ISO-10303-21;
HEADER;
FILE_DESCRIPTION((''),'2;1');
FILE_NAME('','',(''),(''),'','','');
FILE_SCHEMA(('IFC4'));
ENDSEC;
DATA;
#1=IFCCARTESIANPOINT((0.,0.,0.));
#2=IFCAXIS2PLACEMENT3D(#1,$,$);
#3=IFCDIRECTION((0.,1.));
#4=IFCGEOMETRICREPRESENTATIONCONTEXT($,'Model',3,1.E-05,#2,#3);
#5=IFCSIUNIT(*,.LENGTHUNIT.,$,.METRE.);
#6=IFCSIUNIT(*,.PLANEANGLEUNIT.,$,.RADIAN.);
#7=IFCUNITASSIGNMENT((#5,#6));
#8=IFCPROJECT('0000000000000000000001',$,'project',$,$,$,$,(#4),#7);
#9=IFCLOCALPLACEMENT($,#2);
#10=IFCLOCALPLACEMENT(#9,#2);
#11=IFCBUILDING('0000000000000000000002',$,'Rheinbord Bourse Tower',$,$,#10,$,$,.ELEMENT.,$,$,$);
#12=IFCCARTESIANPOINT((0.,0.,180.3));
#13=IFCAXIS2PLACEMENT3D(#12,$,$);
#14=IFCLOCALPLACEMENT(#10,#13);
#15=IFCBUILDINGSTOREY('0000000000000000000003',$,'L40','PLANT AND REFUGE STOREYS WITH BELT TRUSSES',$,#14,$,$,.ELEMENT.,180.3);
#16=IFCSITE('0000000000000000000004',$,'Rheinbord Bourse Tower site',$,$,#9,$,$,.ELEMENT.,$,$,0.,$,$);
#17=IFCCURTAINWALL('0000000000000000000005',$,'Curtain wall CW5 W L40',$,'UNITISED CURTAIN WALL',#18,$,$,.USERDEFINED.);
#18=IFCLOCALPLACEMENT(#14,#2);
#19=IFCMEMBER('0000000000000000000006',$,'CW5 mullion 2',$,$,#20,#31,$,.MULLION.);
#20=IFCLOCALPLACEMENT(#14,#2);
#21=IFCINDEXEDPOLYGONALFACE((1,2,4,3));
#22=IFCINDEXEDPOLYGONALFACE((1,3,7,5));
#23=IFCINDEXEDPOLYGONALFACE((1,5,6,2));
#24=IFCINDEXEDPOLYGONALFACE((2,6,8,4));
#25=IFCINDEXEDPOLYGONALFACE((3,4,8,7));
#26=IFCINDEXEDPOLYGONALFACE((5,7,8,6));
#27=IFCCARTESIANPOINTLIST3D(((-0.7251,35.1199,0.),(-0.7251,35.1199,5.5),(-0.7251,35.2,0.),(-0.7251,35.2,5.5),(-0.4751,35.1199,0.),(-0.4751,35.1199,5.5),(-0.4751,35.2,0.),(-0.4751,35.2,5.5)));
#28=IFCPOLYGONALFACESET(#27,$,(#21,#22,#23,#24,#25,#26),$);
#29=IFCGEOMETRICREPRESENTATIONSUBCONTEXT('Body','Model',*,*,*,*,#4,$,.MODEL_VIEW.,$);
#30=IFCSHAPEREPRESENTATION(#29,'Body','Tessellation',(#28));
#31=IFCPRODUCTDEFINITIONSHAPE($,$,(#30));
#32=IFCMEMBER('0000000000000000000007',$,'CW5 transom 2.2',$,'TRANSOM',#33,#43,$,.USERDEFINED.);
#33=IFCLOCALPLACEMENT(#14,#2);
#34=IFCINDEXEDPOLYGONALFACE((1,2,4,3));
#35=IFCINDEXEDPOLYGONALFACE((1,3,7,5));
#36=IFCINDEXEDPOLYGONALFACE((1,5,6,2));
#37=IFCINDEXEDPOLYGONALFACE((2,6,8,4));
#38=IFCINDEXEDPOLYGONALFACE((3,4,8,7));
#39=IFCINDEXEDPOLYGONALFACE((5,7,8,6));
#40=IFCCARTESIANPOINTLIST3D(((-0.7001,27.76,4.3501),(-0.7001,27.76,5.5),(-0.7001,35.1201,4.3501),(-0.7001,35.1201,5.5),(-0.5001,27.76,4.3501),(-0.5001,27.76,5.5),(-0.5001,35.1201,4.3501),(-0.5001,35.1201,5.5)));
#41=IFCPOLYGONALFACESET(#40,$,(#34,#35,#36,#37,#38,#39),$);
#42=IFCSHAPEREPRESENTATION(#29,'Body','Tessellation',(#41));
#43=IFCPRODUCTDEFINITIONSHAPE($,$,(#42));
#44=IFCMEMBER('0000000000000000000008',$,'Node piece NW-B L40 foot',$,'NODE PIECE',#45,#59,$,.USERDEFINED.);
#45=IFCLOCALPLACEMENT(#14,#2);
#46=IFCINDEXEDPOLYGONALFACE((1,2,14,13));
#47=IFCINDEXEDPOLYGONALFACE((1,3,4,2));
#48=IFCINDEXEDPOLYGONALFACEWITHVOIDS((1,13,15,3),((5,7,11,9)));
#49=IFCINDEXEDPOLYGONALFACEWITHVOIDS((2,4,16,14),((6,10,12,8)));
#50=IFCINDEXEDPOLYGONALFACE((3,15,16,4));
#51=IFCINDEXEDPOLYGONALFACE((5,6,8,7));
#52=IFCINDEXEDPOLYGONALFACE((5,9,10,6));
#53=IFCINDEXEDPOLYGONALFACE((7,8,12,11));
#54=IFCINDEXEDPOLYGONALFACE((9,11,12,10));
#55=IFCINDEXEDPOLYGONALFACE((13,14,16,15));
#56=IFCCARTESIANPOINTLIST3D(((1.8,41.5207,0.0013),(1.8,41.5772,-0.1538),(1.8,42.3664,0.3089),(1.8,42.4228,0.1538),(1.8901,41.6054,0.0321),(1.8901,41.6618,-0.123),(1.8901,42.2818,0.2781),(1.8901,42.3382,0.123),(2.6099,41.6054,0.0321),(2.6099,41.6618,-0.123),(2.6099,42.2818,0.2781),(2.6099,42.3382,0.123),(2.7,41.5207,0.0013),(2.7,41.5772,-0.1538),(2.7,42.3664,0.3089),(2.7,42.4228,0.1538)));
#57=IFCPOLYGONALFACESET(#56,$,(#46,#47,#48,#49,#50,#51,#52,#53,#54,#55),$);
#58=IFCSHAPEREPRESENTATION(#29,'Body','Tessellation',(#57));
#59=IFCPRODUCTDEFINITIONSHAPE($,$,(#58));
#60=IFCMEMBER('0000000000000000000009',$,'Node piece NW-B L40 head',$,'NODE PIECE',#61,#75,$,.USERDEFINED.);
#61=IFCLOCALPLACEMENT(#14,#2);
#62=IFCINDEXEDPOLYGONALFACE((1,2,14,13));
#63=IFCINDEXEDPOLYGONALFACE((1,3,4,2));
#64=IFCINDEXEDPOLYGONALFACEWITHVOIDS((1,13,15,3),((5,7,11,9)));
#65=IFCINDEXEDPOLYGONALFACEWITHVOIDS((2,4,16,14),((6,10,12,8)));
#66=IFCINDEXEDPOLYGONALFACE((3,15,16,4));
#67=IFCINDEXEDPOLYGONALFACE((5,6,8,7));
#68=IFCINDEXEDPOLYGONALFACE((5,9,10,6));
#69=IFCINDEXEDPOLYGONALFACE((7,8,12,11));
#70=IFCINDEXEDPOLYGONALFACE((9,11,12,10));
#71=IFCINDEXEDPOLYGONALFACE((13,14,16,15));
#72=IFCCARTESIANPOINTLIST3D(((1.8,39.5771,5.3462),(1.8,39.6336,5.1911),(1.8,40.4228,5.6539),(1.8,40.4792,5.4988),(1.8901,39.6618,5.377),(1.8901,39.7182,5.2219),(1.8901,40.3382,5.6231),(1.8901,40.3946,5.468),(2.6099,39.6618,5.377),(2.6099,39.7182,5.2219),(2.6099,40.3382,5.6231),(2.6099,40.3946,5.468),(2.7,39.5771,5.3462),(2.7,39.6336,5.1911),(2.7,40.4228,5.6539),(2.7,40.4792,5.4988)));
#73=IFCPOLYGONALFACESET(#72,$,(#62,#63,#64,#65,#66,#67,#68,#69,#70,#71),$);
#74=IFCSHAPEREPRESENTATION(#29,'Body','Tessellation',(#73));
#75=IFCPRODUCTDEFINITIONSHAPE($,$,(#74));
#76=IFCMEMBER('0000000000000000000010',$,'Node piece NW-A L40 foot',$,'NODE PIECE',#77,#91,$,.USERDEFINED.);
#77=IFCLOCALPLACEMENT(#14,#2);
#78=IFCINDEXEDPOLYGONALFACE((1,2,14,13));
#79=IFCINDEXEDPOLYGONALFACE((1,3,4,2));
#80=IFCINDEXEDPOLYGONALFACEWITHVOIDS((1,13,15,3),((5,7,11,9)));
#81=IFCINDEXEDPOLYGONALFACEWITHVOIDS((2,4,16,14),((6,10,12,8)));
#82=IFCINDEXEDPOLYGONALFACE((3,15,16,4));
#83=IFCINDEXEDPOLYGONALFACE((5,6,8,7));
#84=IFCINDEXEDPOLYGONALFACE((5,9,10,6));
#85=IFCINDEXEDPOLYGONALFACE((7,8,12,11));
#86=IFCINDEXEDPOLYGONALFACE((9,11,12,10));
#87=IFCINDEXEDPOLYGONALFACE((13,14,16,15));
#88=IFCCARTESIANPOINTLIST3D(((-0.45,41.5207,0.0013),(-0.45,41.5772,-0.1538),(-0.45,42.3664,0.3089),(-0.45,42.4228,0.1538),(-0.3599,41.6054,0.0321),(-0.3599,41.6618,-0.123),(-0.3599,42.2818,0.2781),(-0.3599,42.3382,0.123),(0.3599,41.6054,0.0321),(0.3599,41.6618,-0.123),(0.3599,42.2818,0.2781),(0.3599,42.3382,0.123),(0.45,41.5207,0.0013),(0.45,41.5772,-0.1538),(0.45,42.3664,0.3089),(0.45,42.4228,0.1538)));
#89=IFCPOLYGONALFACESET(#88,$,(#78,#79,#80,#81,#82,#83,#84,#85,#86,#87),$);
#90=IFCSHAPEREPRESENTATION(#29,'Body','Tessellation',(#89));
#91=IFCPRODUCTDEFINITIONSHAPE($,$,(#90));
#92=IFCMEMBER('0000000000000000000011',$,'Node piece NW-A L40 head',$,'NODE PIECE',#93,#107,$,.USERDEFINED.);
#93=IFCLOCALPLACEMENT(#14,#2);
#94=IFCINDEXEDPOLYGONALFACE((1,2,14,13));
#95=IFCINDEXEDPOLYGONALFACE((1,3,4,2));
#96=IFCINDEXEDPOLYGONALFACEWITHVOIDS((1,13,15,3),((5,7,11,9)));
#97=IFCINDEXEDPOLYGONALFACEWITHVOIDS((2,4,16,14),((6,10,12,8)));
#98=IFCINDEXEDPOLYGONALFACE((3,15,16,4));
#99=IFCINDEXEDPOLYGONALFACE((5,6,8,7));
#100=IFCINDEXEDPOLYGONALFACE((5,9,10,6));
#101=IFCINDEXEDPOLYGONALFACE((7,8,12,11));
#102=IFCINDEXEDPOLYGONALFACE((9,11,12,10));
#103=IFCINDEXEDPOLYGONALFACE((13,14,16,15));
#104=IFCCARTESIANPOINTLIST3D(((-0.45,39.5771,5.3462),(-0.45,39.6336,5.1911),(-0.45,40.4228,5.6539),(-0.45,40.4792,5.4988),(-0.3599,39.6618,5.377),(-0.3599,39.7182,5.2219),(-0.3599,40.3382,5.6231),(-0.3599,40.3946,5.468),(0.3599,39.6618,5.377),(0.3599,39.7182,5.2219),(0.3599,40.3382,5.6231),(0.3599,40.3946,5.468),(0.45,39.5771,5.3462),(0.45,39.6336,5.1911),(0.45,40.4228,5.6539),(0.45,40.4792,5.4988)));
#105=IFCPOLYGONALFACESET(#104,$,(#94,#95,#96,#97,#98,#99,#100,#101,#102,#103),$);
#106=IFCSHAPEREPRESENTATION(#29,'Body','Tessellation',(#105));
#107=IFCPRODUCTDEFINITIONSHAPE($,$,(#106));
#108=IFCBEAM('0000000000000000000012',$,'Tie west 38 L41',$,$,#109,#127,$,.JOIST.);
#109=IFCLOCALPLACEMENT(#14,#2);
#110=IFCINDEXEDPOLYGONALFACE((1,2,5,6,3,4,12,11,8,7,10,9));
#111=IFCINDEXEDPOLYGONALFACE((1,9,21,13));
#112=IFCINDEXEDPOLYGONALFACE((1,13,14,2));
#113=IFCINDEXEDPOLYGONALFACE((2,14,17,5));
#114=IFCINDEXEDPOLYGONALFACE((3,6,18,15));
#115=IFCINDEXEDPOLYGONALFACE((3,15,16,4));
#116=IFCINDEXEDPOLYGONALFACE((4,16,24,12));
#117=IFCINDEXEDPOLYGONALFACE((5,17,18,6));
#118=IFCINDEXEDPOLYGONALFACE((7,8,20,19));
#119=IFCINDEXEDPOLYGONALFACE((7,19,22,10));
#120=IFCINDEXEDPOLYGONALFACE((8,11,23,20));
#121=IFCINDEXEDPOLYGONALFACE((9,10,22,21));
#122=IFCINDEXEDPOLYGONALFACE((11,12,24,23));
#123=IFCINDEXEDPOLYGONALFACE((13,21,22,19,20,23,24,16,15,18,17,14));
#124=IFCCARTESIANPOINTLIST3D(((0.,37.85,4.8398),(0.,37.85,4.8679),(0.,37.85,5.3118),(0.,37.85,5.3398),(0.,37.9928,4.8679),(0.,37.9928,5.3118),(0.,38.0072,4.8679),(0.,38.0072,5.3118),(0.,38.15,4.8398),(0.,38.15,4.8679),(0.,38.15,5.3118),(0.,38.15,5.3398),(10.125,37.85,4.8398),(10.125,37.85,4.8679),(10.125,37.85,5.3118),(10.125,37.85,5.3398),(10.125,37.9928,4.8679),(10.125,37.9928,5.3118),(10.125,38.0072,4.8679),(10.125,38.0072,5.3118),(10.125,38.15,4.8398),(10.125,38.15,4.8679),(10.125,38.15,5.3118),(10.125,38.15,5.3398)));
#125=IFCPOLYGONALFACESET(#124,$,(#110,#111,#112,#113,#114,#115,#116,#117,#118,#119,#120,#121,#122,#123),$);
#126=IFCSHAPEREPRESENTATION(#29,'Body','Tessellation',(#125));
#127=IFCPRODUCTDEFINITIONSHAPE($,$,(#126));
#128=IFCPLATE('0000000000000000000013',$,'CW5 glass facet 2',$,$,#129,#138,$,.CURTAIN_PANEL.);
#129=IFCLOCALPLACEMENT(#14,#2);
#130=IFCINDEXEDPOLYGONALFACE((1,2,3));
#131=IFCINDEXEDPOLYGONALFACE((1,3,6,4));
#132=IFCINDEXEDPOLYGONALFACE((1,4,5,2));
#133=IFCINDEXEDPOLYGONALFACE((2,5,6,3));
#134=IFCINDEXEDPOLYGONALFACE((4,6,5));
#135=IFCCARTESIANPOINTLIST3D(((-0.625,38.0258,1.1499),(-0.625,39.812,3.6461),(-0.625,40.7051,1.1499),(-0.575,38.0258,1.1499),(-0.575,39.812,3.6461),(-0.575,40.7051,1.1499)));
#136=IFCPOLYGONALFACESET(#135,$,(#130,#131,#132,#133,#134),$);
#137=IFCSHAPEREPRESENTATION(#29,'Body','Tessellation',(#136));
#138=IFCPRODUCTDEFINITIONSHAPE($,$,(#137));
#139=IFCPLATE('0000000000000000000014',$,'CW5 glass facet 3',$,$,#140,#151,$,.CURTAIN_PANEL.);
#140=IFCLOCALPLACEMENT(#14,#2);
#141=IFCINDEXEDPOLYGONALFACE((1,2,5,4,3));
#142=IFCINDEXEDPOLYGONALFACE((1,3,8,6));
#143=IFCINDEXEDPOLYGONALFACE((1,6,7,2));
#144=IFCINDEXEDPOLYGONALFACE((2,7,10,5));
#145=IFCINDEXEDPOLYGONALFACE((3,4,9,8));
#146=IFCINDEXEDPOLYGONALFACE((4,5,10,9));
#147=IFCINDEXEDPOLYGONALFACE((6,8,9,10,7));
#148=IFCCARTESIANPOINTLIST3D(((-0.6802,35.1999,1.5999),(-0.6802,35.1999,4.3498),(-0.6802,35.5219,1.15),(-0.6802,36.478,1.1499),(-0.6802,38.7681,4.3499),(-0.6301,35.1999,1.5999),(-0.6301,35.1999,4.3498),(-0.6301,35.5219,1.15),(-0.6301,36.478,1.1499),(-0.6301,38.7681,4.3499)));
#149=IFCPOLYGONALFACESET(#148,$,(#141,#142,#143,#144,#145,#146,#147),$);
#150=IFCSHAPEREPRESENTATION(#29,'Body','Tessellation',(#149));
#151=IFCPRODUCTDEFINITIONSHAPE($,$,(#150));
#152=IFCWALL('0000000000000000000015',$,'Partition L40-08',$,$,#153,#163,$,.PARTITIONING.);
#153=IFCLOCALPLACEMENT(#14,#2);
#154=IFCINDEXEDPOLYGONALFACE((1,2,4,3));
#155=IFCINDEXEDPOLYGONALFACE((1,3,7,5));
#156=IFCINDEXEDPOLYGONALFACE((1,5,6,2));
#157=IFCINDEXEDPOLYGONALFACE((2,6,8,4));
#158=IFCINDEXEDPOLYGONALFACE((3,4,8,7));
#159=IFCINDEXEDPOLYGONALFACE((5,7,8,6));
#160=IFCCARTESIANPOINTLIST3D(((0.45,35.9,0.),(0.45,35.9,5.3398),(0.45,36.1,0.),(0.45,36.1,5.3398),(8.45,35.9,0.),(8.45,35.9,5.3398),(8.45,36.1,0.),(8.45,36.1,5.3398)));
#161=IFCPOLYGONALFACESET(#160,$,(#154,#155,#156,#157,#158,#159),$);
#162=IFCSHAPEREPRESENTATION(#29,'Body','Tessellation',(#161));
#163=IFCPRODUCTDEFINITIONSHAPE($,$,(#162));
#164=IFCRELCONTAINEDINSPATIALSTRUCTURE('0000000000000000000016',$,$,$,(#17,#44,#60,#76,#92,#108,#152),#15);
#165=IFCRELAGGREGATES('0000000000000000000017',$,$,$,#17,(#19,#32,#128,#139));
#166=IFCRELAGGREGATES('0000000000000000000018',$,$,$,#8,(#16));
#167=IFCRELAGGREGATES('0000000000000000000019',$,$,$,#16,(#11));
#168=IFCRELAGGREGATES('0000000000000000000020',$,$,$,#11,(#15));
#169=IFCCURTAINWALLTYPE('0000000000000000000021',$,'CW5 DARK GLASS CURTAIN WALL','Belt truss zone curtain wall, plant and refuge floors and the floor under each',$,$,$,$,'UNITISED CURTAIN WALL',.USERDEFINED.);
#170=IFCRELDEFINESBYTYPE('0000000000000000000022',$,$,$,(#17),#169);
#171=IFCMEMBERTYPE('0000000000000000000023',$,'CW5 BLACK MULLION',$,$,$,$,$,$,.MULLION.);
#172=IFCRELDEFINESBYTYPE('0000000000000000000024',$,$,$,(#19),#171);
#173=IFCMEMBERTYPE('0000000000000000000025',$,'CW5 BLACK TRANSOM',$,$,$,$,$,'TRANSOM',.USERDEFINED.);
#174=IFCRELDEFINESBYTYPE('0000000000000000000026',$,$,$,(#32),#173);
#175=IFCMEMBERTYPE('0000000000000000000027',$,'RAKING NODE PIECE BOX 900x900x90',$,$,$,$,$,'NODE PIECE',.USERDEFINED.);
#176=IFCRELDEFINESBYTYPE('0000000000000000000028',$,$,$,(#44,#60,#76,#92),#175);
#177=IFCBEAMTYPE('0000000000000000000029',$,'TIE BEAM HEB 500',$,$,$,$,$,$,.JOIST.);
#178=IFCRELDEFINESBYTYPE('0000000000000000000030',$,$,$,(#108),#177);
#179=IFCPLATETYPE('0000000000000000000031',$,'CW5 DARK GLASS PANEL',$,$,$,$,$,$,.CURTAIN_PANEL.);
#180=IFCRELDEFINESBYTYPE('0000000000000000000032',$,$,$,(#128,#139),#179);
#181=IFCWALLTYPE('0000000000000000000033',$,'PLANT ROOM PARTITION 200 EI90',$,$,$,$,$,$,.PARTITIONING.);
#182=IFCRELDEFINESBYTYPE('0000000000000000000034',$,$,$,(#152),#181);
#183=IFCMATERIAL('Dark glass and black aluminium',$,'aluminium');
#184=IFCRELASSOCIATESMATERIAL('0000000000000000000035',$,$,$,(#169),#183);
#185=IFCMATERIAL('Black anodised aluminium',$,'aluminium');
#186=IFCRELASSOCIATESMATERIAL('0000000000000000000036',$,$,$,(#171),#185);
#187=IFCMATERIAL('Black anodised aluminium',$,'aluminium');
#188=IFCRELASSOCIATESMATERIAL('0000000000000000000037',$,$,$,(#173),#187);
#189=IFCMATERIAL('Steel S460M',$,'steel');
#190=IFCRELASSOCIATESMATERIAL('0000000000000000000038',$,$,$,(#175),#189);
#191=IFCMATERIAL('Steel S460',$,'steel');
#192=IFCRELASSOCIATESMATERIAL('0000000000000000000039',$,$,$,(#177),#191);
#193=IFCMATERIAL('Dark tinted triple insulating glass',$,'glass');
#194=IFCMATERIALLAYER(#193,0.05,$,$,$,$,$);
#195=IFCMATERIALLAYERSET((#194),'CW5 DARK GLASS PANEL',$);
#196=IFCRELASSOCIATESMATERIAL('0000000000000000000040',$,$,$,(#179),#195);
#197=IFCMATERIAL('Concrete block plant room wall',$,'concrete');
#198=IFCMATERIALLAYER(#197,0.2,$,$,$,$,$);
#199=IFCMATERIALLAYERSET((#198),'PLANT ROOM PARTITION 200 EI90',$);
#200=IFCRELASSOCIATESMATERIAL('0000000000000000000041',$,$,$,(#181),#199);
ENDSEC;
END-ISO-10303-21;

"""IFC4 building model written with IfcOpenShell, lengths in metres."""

from ifc_helpers import new_model, si_unit, direction, frame, frame_2d, origin, origin_2d, place, context, subcontext, project, spatial, polyline, rectangle, hollow_rectangle, i_section, outline, extrude, material, layer, layer_set, material_profile, profile_set, type_object, element, aggregate, save


model = new_model("IFC4")

# Units and contexts
model_context = context("Model", 3, precision=1e-05, world=origin(), true_north=direction((0.0, 1.0)))
body_context = subcontext(model_context, "Body", "Model", "MODEL_VIEW")
ifc_project = project(units=[si_unit("LENGTHUNIT", "METRE"), si_unit("PLANEANGLEUNIT", "RADIAN")], contexts=[model_context])

# Site, building, storey
site_placement = place(None, origin())
site = spatial("IfcSite", under=ifc_project, at=site_placement, Name="Rheinbord Bourse Tower site", CompositionType="ELEMENT", RefElevation=0.0)
building_placement = place(site_placement, origin())
building = spatial("IfcBuilding", under=site, at=building_placement, Name="Rheinbord Bourse Tower", CompositionType="ELEMENT")
storey_placement = place(building_placement, frame((0.0, 0.0, 180.3)))
storey = spatial("IfcBuildingStorey", under=building, at=storey_placement, Name="L40", Description="PLANT AND REFUGE STOREYS WITH BELT TRUSSES", CompositionType="ELEMENT", Elevation=180.3)

# Curtain wall, members
ifc_material_1 = material(Name="Dark glass and black aluminium", Category="aluminium")
curtain_wall_type = type_object("IfcCurtainWallType", Name="CW5 DARK GLASS CURTAIN WALL", Description="Belt truss zone curtain wall, plant and refuge floors and the floor under each", ElementType="UNITISED CURTAIN WALL", PredefinedType="USERDEFINED", material=ifc_material_1)
curtain_wall_placement = place(storey_placement, origin())
curtain_wall = element("IfcCurtainWall", 1, at=curtain_wall_placement, inside=storey, type_object=curtain_wall_type, Name="Curtain wall CW5 W L40", ObjectType="UNITISED CURTAIN WALL", PredefinedType="USERDEFINED")
ifc_material_2 = material(Name="Black anodised aluminium", Category="aluminium")
ifc_material_profile_1 = material_profile(ifc_material_2, rectangle(XDim=0.25, YDim=0.0801, at=origin_2d()), Name="CW5 MULLION 80x250")
ifc_profile_set_1 = profile_set([ifc_material_profile_1], Name="Black anodised aluminium")
member_type_1 = type_object("IfcMemberType", Name="CW5 BLACK MULLION", PredefinedType="MULLION", material=ifc_profile_set_1)
member_1_placement = place(storey_placement, frame((-0.6001, 35.1599, 0.0), z_axis=(0.0, 0.0, 1.0), x_axis=(1.0, 0.0, 0.0)))
member_1 = element("IfcMember", 2, at=member_1_placement, type_object=member_type_1, Name="CW5 mullion 2", PredefinedType="MULLION", context=body_context, shape_type="SweptSolid", body=[
    extrude(rectangle(XDim=0.25, YDim=0.0801, at=origin_2d()), origin(), (0.0, 0.0, 1.0), 5.5),
])
ifc_material_3 = material(Name="Black anodised aluminium", Category="aluminium")
ifc_material_profile_2 = material_profile(ifc_material_3, rectangle(XDim=0.2, YDim=1.1499, at=origin_2d()), Name="CW5 TRANSOM 1150x200")
ifc_profile_set_2 = profile_set([ifc_material_profile_2], Name="Black anodised aluminium")
member_type_2 = type_object("IfcMemberType", Name="CW5 BLACK TRANSOM", ElementType="TRANSOM", PredefinedType="USERDEFINED", material=ifc_profile_set_2)
member_2_placement = place(storey_placement, frame((-0.6001, 35.1201, 4.925), z_axis=(0.0, -1.0, 0.0), x_axis=(1.0, 0.0, 0.0)))
member_2 = element("IfcMember", 3, at=member_2_placement, type_object=member_type_2, Name="CW5 transom 2.2", ObjectType="TRANSOM", PredefinedType="USERDEFINED", context=body_context, shape_type="SweptSolid", body=[
    extrude(rectangle(XDim=0.2, YDim=1.1499, at=origin_2d()), origin(), (0.0, 0.0, 1.0), 7.3601),
])

# Members
ifc_material_4 = material(Name="Steel S460M", Category="steel")
ifc_material_profile_3 = material_profile(ifc_material_4, hollow_rectangle(XDim=0.8999, YDim=0.8999, WallThickness=0.0901, at=origin_2d()), Name="BOX 900x900x90")
ifc_profile_set_3 = profile_set([ifc_material_profile_3], Name="Steel S460M")
member_type_3 = type_object("IfcMemberType", Name="RAKING NODE PIECE BOX 900x900x90", ElementType="NODE PIECE", PredefinedType="USERDEFINED", material=ifc_profile_set_3)
for number, where, z_axis, x_axis, name in (
    (4, (2.25, 42.0, 0.0), (0.0, -0.341862, 0.93975), (1.0, 0.0, 0.0), "Node piece NW-B L40 foot"),
    (5, (2.25, 40.0564, 5.345), (0.0, -0.341862, 0.93975), (1.0, 0.0, 0.0), "Node piece NW-B L40 head"),
    (6, (0.0, 42.0, 0.0), (0.0, -0.341862, 0.93975), (1.0, 0.0, 0.0), "Node piece NW-A L40 foot"),
    (7, (0.0, 40.0564, 5.345), (0.0, -0.341862, 0.93975), (1.0, 0.0, 0.0), "Node piece NW-A L40 head"),
):
    element("IfcMember", number, at=place(storey_placement, frame(where, z_axis=z_axis, x_axis=x_axis)), inside=storey, type_object=member_type_3, Name=name, ObjectType="NODE PIECE", PredefinedType="USERDEFINED", context=body_context, shape_type="SweptSolid", body=[
        extrude(hollow_rectangle(XDim=0.8999, YDim=0.8999, WallThickness=0.0901, at=origin_2d()), origin(), (0.0, 0.0, 1.0), 0.165),
    ])

# Beam
ifc_material_5 = material(Name="Steel S460", Category="steel")
ifc_material_profile_4 = material_profile(ifc_material_5, i_section(OverallWidth=0.3, OverallDepth=0.5, WebThickness=0.0144, FlangeThickness=0.0281, at=origin_2d()), Name="HEB 500")
ifc_profile_set_4 = profile_set([ifc_material_profile_4], Name="Steel S460")
beam_type_1 = type_object("IfcBeamType", Name="TIE BEAM HEB 500", PredefinedType="JOIST", material=ifc_profile_set_4)
beam_1_placement = place(storey_placement, frame((0.0, 38.0, 5.0898), z_axis=(1.0, 0.0, 0.0), x_axis=(0.0, 1.0, 0.0)))
element("IfcBeam", 8, at=beam_1_placement, inside=storey, type_object=beam_type_1, Name="Tie west 38 L41", PredefinedType="JOIST", context=body_context, shape_type="SweptSolid", body=[
    extrude(i_section(OverallWidth=0.3, OverallDepth=0.5, WebThickness=0.0144, FlangeThickness=0.0281, at=origin_2d()), origin(), (0.0, 0.0, 1.0), 10.125),
])

# Plates
ifc_material_6 = material(Name="Dark tinted triple insulating glass", Category="glass")
ifc_layer_1 = layer(ifc_material_6, 0.05)
ifc_layer_set_1 = layer_set([ifc_layer_1], Name="CW5 DARK GLASS PANEL")
plate_type = type_object("IfcPlateType", Name="CW5 DARK GLASS PANEL", PredefinedType="CURTAIN_PANEL", material=ifc_layer_set_1)
plate_1_placement = place(storey_placement, frame((-0.625, 40.7051, 1.1499), z_axis=(1.0, 0.0, 0.0), x_axis=(0.0, -0.336873, 0.94155)))
plate_1 = element("IfcPlate", 9, at=plate_1_placement, type_object=plate_type, Name="CW5 glass facet 2", PredefinedType="CURTAIN_PANEL", context=body_context, shape_type="SweptSolid", body=[
    extrude(outline(polyline([(0.0, 0.0), (2.6511, 0.0), (0.9026, 2.5227), (0.0, 0.0)])), origin(), (0.0, 0.0, 1.0), 0.05),
])
plate_2_placement = place(storey_placement, frame((-0.6802, 36.478, 1.1499), z_axis=(1.0, 0.0, 0.0), x_axis=(0.0, 0.581972, 0.813209)))
plate_2 = element("IfcPlate", 10, at=plate_2_placement, type_object=plate_type, Name="CW5 glass facet 3", PredefinedType="CURTAIN_PANEL", context=body_context, shape_type="SweptSolid", body=[
    extrude(outline(polyline([(0.0, 0.0), (3.9351, 0.0), (1.8584, 2.9016), (-0.3779, 1.3013), (-0.5564, 0.7776), (0.0, 0.0)])), origin(), (0.0, 0.0, 1.0), 0.05),
])
aggregate(curtain_wall, [member_1, member_2, plate_1, plate_2])

# Wall
ifc_material_7 = material(Name="Concrete block plant room wall", Category="concrete")
ifc_layer_2 = layer(ifc_material_7, 0.2)
ifc_layer_set_2 = layer_set([ifc_layer_2], Name="PLANT ROOM PARTITION 200 EI90")
wall_type = type_object("IfcWallType", Name="PLANT ROOM PARTITION 200 EI90", PredefinedType="PARTITIONING", material=ifc_layer_set_2)
wall_placement = place(storey_placement, frame((0.45, 36.0, 0.0), z_axis=(0.0, 0.0, 1.0), x_axis=(1.0, 0.0, 0.0)))
element("IfcWall", 11, at=wall_placement, inside=storey, type_object=wall_type, Name="Partition L40-08", PredefinedType="PARTITIONING", context=body_context, shape_type="SweptSolid", body=[
    extrude(rectangle(XDim=8.0, YDim=0.2, at=frame_2d((4.0, 0.0))), origin(), (0.0, 0.0, 1.0), 5.3398),
])

save(model, "model.ifc")
